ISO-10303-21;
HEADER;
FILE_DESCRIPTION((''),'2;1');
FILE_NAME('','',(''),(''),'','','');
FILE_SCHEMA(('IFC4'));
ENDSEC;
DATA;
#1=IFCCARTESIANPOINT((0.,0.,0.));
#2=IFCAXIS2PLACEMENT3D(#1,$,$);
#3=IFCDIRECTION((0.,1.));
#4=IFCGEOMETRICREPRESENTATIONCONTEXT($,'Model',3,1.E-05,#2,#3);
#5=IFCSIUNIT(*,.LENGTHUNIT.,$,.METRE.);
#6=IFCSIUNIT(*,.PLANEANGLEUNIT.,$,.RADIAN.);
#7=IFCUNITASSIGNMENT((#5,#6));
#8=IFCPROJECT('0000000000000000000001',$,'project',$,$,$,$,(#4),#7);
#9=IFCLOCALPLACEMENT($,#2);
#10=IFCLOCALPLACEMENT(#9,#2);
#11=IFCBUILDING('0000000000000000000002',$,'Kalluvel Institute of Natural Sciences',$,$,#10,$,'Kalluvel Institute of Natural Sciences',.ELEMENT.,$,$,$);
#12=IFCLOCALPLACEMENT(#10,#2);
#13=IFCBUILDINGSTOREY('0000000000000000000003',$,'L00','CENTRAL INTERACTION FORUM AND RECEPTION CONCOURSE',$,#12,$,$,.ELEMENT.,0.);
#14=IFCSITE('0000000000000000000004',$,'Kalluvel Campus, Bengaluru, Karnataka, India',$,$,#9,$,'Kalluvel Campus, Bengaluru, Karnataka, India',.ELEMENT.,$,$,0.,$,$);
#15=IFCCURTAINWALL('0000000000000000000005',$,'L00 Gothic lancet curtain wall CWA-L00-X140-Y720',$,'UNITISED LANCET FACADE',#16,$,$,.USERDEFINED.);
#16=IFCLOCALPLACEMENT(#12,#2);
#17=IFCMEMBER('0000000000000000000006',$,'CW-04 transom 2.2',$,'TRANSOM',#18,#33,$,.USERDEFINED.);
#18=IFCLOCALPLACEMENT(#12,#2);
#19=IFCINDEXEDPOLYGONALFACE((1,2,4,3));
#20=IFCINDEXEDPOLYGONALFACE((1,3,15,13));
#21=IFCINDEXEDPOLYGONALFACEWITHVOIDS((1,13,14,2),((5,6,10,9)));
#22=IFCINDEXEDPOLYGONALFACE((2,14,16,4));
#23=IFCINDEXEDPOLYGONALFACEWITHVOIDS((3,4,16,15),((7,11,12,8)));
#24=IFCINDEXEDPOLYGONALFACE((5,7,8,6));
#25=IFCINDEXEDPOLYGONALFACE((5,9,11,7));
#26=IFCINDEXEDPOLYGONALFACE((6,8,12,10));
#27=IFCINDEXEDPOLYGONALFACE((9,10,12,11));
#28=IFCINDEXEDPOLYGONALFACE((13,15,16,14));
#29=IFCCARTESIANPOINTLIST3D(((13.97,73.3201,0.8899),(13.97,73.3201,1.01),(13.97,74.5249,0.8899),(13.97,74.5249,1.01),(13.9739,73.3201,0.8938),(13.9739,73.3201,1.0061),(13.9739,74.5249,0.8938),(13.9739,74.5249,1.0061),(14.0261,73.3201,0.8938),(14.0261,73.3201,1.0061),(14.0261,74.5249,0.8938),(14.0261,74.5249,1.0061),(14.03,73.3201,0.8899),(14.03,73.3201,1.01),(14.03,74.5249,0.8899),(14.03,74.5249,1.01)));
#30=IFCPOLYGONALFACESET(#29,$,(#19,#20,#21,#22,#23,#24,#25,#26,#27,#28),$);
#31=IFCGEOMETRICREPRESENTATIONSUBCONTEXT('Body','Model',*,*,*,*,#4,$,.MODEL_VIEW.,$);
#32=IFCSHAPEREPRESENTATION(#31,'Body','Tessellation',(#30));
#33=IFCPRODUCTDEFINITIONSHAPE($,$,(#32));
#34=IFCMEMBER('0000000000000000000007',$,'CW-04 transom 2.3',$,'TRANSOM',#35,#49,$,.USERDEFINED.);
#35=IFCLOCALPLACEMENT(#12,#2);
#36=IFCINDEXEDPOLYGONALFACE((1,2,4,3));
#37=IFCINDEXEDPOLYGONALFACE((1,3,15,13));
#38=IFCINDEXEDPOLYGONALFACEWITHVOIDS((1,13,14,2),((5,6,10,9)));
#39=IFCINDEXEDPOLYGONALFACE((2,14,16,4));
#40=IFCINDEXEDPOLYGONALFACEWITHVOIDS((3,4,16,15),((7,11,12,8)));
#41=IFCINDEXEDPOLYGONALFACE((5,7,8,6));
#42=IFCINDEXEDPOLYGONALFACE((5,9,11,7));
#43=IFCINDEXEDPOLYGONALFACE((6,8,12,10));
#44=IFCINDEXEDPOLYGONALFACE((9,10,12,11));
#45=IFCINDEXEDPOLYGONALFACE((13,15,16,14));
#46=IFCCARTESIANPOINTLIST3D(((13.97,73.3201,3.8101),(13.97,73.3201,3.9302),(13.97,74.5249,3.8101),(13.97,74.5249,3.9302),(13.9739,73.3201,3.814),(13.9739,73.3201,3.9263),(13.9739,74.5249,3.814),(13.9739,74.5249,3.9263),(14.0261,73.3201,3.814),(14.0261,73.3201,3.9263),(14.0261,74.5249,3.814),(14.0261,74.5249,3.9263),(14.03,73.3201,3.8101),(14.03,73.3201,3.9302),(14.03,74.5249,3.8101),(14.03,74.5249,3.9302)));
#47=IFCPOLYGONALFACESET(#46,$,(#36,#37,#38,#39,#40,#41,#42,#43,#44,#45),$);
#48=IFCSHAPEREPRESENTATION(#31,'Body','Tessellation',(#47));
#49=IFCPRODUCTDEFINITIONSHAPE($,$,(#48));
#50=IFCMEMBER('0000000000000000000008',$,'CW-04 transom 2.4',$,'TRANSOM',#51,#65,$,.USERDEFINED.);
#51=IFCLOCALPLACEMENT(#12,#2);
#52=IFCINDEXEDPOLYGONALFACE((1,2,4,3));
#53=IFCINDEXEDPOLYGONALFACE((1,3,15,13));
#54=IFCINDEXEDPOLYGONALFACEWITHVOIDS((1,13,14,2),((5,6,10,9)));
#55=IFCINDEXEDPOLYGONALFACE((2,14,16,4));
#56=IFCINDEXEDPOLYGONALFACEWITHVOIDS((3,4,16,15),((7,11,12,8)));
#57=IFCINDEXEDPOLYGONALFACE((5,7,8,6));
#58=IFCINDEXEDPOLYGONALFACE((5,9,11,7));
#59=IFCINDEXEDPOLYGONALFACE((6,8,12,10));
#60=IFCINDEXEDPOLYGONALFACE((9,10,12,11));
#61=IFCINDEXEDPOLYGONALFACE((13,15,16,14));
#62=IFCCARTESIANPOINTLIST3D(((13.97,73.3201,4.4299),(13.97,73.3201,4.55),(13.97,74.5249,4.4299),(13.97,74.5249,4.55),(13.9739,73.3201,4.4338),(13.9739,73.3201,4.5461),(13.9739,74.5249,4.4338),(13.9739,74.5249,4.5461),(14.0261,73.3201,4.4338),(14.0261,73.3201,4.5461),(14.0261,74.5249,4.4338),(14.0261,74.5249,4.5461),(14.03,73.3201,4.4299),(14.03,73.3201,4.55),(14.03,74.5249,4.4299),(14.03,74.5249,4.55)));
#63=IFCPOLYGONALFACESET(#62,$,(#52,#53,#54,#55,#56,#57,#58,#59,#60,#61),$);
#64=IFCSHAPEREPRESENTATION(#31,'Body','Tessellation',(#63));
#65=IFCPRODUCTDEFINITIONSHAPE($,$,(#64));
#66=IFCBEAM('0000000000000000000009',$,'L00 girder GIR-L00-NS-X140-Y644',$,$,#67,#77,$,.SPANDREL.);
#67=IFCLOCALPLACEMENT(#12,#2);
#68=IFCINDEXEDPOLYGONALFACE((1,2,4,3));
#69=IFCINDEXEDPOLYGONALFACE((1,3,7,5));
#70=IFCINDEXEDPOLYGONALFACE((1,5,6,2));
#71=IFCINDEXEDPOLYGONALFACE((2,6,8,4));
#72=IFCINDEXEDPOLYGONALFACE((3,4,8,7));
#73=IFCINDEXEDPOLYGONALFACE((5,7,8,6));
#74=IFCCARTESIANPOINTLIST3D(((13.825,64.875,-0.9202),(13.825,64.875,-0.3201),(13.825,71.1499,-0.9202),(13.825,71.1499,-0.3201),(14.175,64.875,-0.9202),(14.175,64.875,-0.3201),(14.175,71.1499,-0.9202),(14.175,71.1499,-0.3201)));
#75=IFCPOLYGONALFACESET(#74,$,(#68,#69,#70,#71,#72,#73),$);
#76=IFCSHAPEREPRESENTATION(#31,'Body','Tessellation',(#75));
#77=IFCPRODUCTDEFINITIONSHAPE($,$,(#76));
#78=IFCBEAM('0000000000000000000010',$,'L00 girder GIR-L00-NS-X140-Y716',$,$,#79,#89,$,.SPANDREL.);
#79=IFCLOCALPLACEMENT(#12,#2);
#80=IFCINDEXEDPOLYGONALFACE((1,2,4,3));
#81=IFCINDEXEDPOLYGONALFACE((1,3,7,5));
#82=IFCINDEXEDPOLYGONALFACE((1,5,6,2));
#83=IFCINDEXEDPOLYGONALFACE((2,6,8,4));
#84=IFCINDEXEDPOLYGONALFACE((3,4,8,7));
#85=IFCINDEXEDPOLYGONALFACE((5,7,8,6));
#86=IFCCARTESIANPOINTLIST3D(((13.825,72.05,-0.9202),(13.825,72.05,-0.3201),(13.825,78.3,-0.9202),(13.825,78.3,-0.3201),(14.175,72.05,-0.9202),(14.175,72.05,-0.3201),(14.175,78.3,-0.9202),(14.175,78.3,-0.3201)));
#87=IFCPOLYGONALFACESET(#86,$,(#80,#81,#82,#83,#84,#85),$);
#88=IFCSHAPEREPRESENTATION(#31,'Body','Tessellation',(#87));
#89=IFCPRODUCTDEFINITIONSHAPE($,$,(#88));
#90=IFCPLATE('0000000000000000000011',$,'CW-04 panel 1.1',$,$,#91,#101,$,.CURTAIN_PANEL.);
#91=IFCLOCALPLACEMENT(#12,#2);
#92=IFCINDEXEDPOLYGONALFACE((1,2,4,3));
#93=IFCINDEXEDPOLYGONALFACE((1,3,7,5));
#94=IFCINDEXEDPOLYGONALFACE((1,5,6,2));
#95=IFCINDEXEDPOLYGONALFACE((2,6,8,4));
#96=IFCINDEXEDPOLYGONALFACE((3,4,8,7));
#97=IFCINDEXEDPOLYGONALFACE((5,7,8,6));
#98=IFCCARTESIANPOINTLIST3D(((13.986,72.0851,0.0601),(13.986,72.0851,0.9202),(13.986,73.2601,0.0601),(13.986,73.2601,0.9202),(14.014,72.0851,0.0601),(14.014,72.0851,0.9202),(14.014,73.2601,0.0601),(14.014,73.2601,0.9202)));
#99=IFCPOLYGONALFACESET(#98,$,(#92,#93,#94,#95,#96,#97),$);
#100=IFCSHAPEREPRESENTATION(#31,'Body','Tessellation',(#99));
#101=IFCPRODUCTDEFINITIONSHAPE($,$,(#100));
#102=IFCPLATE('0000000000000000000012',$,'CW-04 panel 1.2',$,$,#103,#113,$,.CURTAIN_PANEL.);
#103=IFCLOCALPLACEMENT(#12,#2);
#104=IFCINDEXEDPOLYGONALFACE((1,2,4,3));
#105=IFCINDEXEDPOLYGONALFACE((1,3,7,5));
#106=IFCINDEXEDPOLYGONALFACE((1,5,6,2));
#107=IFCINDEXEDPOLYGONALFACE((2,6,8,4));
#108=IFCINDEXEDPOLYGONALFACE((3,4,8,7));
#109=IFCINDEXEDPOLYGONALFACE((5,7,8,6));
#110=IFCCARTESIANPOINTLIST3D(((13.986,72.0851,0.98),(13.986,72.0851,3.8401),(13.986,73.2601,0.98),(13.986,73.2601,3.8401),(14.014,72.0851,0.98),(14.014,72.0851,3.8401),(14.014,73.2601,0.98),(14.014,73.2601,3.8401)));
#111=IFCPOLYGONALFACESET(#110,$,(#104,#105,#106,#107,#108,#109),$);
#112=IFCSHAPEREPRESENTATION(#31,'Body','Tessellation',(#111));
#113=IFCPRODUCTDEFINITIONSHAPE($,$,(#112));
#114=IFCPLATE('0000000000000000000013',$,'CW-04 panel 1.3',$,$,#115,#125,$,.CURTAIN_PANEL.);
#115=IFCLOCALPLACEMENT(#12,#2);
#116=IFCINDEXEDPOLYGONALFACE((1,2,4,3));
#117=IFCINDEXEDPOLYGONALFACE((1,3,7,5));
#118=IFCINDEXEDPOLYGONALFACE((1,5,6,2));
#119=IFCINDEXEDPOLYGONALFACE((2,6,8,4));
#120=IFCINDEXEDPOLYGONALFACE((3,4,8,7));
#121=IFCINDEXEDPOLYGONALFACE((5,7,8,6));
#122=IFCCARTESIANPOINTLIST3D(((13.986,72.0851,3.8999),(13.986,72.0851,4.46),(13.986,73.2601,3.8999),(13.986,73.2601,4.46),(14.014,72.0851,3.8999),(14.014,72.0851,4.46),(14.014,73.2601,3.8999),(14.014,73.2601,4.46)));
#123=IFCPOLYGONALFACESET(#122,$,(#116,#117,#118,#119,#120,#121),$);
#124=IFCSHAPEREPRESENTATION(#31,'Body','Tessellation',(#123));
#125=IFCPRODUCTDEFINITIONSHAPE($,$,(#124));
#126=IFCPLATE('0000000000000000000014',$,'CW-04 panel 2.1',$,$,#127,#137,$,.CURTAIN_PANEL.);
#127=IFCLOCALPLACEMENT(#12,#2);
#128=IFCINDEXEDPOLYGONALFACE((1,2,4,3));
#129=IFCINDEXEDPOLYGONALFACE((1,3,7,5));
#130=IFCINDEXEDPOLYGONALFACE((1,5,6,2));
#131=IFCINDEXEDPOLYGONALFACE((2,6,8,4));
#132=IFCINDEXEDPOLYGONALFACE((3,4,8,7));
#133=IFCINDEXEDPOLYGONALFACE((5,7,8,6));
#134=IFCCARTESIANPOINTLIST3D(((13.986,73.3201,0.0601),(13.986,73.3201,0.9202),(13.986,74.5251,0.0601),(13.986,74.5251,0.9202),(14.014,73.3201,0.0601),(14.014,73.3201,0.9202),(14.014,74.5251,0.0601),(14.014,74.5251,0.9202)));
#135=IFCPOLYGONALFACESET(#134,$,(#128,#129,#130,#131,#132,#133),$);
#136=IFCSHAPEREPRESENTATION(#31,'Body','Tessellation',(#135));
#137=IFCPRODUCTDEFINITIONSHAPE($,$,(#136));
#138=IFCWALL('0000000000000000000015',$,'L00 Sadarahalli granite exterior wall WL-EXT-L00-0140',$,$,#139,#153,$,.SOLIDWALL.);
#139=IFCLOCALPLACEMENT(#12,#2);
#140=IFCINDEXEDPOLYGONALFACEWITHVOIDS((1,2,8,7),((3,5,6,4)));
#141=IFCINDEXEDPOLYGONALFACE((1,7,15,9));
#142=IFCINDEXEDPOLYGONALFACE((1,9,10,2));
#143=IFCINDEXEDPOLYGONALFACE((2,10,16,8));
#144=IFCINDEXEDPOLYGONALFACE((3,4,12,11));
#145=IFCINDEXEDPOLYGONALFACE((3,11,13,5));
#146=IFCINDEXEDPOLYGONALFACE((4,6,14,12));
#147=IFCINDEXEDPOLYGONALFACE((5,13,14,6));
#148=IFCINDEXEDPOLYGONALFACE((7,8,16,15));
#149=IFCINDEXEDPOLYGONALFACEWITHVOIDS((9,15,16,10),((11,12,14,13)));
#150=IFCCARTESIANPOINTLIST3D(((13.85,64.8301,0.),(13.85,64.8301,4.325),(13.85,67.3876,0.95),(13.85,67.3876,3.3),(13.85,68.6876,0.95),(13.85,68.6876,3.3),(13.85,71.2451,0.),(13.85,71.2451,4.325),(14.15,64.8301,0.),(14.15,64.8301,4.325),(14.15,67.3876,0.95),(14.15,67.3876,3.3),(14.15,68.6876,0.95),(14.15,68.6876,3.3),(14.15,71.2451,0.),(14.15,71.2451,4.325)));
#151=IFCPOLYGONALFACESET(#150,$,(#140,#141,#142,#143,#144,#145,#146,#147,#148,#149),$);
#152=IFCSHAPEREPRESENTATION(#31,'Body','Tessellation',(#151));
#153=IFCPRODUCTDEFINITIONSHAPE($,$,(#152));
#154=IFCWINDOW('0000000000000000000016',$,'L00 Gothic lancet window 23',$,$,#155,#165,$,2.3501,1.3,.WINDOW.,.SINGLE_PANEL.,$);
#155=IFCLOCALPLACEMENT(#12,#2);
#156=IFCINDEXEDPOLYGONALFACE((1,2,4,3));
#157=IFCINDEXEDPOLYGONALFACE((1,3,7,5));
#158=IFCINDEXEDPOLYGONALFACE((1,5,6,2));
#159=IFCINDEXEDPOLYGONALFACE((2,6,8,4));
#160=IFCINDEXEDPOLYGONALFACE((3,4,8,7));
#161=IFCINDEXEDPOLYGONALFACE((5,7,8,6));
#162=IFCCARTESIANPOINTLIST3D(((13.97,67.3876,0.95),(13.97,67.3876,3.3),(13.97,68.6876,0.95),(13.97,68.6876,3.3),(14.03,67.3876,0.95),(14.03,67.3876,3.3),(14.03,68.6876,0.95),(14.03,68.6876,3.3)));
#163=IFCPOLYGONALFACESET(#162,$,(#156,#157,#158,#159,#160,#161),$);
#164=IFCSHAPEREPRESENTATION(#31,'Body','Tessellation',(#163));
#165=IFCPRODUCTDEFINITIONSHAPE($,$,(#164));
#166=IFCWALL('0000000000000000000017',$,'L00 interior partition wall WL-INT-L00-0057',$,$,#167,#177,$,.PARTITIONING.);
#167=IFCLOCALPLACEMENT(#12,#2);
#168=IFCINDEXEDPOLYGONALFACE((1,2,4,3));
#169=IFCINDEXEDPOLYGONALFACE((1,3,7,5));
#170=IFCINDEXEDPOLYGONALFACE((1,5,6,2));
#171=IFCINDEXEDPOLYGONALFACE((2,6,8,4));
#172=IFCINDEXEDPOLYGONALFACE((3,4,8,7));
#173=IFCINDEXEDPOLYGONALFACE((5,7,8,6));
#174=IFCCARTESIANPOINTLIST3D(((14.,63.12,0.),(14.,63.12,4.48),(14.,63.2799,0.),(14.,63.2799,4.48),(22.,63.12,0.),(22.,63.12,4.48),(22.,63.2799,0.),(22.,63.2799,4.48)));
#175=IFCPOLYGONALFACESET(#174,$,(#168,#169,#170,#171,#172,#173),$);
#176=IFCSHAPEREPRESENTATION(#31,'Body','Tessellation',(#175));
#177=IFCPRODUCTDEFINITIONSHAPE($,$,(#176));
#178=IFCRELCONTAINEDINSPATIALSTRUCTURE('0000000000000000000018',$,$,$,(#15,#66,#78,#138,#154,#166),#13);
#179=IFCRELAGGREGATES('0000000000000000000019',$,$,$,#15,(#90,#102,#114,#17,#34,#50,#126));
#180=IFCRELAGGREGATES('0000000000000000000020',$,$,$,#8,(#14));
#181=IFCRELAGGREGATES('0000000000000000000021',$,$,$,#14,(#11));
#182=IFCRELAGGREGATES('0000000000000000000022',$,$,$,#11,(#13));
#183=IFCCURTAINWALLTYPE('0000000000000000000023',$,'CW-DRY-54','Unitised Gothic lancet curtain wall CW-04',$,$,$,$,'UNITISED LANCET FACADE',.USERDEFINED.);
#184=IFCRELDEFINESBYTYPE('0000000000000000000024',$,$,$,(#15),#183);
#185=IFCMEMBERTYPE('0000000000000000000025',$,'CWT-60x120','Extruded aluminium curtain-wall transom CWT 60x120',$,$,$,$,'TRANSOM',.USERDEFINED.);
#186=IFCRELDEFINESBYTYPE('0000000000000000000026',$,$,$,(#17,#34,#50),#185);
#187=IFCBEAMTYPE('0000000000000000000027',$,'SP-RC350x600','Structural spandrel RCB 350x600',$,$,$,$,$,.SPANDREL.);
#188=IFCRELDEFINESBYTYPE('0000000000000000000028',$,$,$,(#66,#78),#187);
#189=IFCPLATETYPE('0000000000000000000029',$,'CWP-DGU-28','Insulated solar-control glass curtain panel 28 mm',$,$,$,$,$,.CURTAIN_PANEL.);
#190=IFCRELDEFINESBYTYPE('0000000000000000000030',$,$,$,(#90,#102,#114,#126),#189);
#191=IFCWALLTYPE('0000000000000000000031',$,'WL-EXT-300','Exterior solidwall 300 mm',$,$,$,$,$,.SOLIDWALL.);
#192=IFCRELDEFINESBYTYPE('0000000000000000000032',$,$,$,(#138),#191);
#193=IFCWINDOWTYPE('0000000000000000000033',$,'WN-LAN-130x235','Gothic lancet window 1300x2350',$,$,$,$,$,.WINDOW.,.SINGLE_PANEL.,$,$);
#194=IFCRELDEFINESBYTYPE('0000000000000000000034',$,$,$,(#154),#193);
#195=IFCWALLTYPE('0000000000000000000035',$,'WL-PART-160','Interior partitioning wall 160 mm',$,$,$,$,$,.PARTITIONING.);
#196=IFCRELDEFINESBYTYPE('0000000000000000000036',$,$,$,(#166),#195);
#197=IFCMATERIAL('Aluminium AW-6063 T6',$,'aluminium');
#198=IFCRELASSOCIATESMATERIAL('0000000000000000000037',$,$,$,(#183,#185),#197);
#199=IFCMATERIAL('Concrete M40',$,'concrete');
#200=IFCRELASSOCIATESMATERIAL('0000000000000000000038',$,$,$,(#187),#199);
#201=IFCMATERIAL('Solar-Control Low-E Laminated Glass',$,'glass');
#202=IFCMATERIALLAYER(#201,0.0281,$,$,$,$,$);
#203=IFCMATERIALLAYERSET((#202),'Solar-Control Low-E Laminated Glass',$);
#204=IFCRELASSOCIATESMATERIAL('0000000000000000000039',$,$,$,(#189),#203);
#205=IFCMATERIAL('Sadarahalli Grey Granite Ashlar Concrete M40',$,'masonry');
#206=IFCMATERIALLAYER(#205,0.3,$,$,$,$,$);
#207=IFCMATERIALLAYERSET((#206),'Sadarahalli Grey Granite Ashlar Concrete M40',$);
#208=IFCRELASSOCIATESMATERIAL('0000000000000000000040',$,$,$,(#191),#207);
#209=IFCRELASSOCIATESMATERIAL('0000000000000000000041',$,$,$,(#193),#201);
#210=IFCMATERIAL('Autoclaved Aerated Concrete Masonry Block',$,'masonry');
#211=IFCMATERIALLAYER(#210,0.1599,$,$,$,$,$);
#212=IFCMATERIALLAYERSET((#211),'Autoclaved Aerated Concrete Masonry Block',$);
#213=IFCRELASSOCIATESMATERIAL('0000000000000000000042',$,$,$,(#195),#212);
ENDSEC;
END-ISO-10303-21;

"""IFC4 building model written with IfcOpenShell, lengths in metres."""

from ifc_helpers import new_model, si_unit, direction, frame, frame_2d, origin, origin_2d, place, context, subcontext, project, spatial, rectangle, hollow_rectangle, extrude, material, layer, layer_set, material_profile, profile_set, type_object, element, fill, aggregate, save


model = new_model("IFC4")

# Units and contexts
model_context = context("Model", 3, precision=1e-05, world=origin(), true_north=direction((0.0, 1.0)))
body_context = subcontext(model_context, "Body", "Model", "MODEL_VIEW")
ifc_project = project(units=[si_unit("LENGTHUNIT", "METRE"), si_unit("PLANEANGLEUNIT", "RADIAN")], contexts=[model_context])

# Site, building, storey
site_placement = place(None, origin())
site = spatial("IfcSite", under=ifc_project, at=site_placement, Name="Kalluvel Campus, Bengaluru, Karnataka, India", LongName="Kalluvel Campus, Bengaluru, Karnataka, India", CompositionType="ELEMENT", RefElevation=0.0)
building_placement = place(site_placement, origin())
building = spatial("IfcBuilding", under=site, at=building_placement, Name="Kalluvel Institute of Natural Sciences", LongName="Kalluvel Institute of Natural Sciences", CompositionType="ELEMENT")
storey_placement = place(building_placement, origin())
storey = spatial("IfcBuildingStorey", under=building, at=storey_placement, Name="L00", Description="CENTRAL INTERACTION FORUM AND RECEPTION CONCOURSE", CompositionType="ELEMENT", Elevation=0.0)

# Curtain wall, members
ifc_material_1 = material(Name="Aluminium AW-6063 T6", Category="aluminium")
curtain_wall_type = type_object("IfcCurtainWallType", Name="CW-DRY-54", Description="Unitised Gothic lancet curtain wall CW-04", ElementType="UNITISED LANCET FACADE", PredefinedType="USERDEFINED", material=ifc_material_1)
curtain_wall_placement = place(storey_placement, origin())
curtain_wall = element("IfcCurtainWall", 1, at=curtain_wall_placement, inside=storey, type_object=curtain_wall_type, Name="L00 Gothic lancet curtain wall CWA-L00-X140-Y720", ObjectType="UNITISED LANCET FACADE", PredefinedType="USERDEFINED")
ifc_material_profile_1 = material_profile(ifc_material_1, hollow_rectangle(XDim=0.0601, YDim=0.1201, WallThickness=0.0039, at=origin_2d()), Name="CWT 60x120")
ifc_profile_set_1 = profile_set([ifc_material_profile_1], Name="Aluminium AW-6063 T6")
member_type_1 = type_object("IfcMemberType", Name="CWT-60x120", Description="Extruded aluminium curtain-wall transom CWT 60x120", ElementType="TRANSOM", PredefinedType="USERDEFINED", material=ifc_profile_set_1)
member_1_placement = place(storey_placement, frame((14.0, 73.3201, 0.95), z_axis=(0.0, 1.0, 0.0), x_axis=(-1.0, 0.0, 0.0)))
member_1 = element("IfcMember", 2, at=member_1_placement, type_object=member_type_1, Name="CW-04 transom 2.2", ObjectType="TRANSOM", PredefinedType="USERDEFINED", context=body_context, shape_type="SweptSolid", body=[
    extrude(hollow_rectangle(XDim=0.0601, YDim=0.1201, WallThickness=0.0039, at=origin_2d()), origin(), (0.0, 0.0, 1.0), 1.2048),
])
member_2_placement = place(storey_placement, frame((14.0, 73.3201, 3.8701), z_axis=(0.0, 1.0, 0.0), x_axis=(-1.0, 0.0, 0.0)))
member_2 = element("IfcMember", 3, at=member_2_placement, type_object=member_type_1, Name="CW-04 transom 2.3", ObjectType="TRANSOM", PredefinedType="USERDEFINED", context=body_context, shape_type="SweptSolid", body=[
    extrude(hollow_rectangle(XDim=0.0601, YDim=0.1201, WallThickness=0.0039, at=origin_2d()), origin(), (0.0, 0.0, 1.0), 1.2048),
])
member_3_placement = place(storey_placement, frame((14.0, 73.3201, 4.49), z_axis=(0.0, 1.0, 0.0), x_axis=(-1.0, 0.0, 0.0)))
member_3 = element("IfcMember", 4, at=member_3_placement, type_object=member_type_1, Name="CW-04 transom 2.4", ObjectType="TRANSOM", PredefinedType="USERDEFINED", context=body_context, shape_type="SweptSolid", body=[
    extrude(hollow_rectangle(XDim=0.0601, YDim=0.1201, WallThickness=0.0039, at=origin_2d()), origin(), (0.0, 0.0, 1.0), 1.2048),
])

# Beams
ifc_material_2 = material(Name="Concrete M40", Category="concrete")
ifc_material_profile_2 = material_profile(ifc_material_2, rectangle(XDim=0.3501, YDim=0.6001, at=origin_2d()), Name="RCB 350x600")
ifc_profile_set_2 = profile_set([ifc_material_profile_2], Name="Concrete M40")
beam_type = type_object("IfcBeamType", Name="SP-RC350x600", Description="Structural spandrel RCB 350x600", PredefinedType="SPANDREL", material=ifc_profile_set_2)
beam_1_placement = place(storey_placement, frame((14.0, 64.875, -0.6201), z_axis=(0.0, 1.0, 0.0), x_axis=(-1.0, 0.0, 0.0)))
element("IfcBeam", 5, at=beam_1_placement, inside=storey, type_object=beam_type, Name="L00 girder GIR-L00-NS-X140-Y644", PredefinedType="SPANDREL", context=body_context, shape_type="SweptSolid", body=[
    extrude(rectangle(XDim=0.3501, YDim=0.6001, at=origin_2d()), origin(), (0.0, 0.0, 1.0), 6.2749),
])
beam_2_placement = place(storey_placement, frame((14.0, 72.05, -0.6201), z_axis=(0.0, 1.0, 0.0), x_axis=(-1.0, 0.0, 0.0)))
element("IfcBeam", 6, at=beam_2_placement, inside=storey, type_object=beam_type, Name="L00 girder GIR-L00-NS-X140-Y716", PredefinedType="SPANDREL", context=body_context, shape_type="SweptSolid", body=[
    extrude(rectangle(XDim=0.3501, YDim=0.6001, at=origin_2d()), origin(), (0.0, 0.0, 1.0), 6.25),
])

# Plates
ifc_material_3 = material(Name="Solar-Control Low-E Laminated Glass", Category="glass")
ifc_layer_1 = layer(ifc_material_3, 0.0281)
ifc_layer_set_1 = layer_set([ifc_layer_1], Name="Solar-Control Low-E Laminated Glass")
plate_type = type_object("IfcPlateType", Name="CWP-DGU-28", Description="Insulated solar-control glass curtain panel 28 mm", PredefinedType="CURTAIN_PANEL", material=ifc_layer_set_1)
plate_1_placement = place(storey_placement, frame((14.0, 72.6726, 0.0601), z_axis=(0.0, 0.0, 1.0), x_axis=(0.0, 1.0, 0.0)))
plate_1 = element("IfcPlate", 7, at=plate_1_placement, type_object=plate_type, Name="CW-04 panel 1.1", PredefinedType="CURTAIN_PANEL", context=body_context, shape_type="SweptSolid", body=[
    extrude(rectangle(XDim=1.175, YDim=0.0281, at=origin_2d()), origin(), (0.0, 0.0, 1.0), 0.8601),
])
plate_2_placement = place(storey_placement, frame((14.0, 72.6726, 0.98), z_axis=(0.0, 0.0, 1.0), x_axis=(0.0, 1.0, 0.0)))
plate_2 = element("IfcPlate", 8, at=plate_2_placement, type_object=plate_type, Name="CW-04 panel 1.2", PredefinedType="CURTAIN_PANEL", context=body_context, shape_type="SweptSolid", body=[
    extrude(rectangle(XDim=1.175, YDim=0.0281, at=origin_2d()), origin(), (0.0, 0.0, 1.0), 2.8601),
])
plate_3_placement = place(storey_placement, frame((14.0, 72.6726, 3.8999), z_axis=(0.0, 0.0, 1.0), x_axis=(0.0, 1.0, 0.0)))
plate_3 = element("IfcPlate", 9, at=plate_3_placement, type_object=plate_type, Name="CW-04 panel 1.3", PredefinedType="CURTAIN_PANEL", context=body_context, shape_type="SweptSolid", body=[
    extrude(rectangle(XDim=1.175, YDim=0.0281, at=origin_2d()), origin(), (0.0, 0.0, 1.0), 0.5601),
])
plate_4_placement = place(storey_placement, frame((14.0, 73.9226, 0.0601), z_axis=(0.0, 0.0, 1.0), x_axis=(0.0, 1.0, 0.0)))
plate_4 = element("IfcPlate", 10, at=plate_4_placement, type_object=plate_type, Name="CW-04 panel 2.1", PredefinedType="CURTAIN_PANEL", context=body_context, shape_type="SweptSolid", body=[
    extrude(rectangle(XDim=1.2051, YDim=0.0281, at=origin_2d()), origin(), (0.0, 0.0, 1.0), 0.8601),
])
aggregate(curtain_wall, [plate_1, plate_2, plate_3, member_1, member_2, member_3, plate_4])

# Wall, opening, window
ifc_material_4 = material(Name="Sadarahalli Grey Granite Ashlar Concrete M40", Category="masonry")
ifc_layer_2 = layer(ifc_material_4, 0.3)
ifc_layer_set_2 = layer_set([ifc_layer_2], Name="Sadarahalli Grey Granite Ashlar Concrete M40")
wall_type_1 = type_object("IfcWallType", Name="WL-EXT-300", Description="Exterior solidwall 300 mm", PredefinedType="SOLIDWALL", material=ifc_layer_set_2)
wall_1_placement = place(storey_placement, frame((14.0, 64.8301, 0.0), z_axis=(0.0, 0.0, 1.0), x_axis=(0.0, 1.0, 0.0)))
wall_1 = element("IfcWall", 11, at=wall_1_placement, inside=storey, type_object=wall_type_1, Name="L00 Sadarahalli granite exterior wall WL-EXT-L00-0140", PredefinedType="SOLIDWALL", context=body_context, shape_type="SweptSolid", body=[
    extrude(rectangle(XDim=6.415, YDim=0.3, at=frame_2d((3.2075, 0.0))), origin(), (0.0, 0.0, 1.0), 4.325),
])
opening_placement = place(wall_1_placement, frame((2.5576, 0.0, 0.95)))
opening = element("IfcOpeningElement", 12, at=opening_placement, cuts=wall_1, PredefinedType="OPENING", context=body_context, shape_type="SweptSolid", body=[
    extrude(rectangle(XDim=1.3, YDim=2.3501, at=frame_2d((0.6499, 1.175))), frame((0.0, 0.1599, 0.0), z_axis=(0.0, -1.0, 0.0), x_axis=(1.0, 0.0, 0.0)), (0.0, 0.0, 1.0), 0.3201),
])
window_type = type_object("IfcWindowType", Name="WN-LAN-130x235", Description="Gothic lancet window 1300x2350", PartitioningType="SINGLE_PANEL", PredefinedType="WINDOW", material=ifc_material_3)
window_placement = place(opening_placement, origin())
window = element("IfcWindow", 13, at=window_placement, inside=storey, type_object=window_type, Name="L00 Gothic lancet window 23", OverallHeight=2.3501, OverallWidth=1.3, PartitioningType="SINGLE_PANEL", PredefinedType="WINDOW", context=body_context, shape_type="SweptSolid", body=[
    extrude(rectangle(XDim=1.3, YDim=2.3501, at=frame_2d((0.6499, 1.175))), frame((0.0, 0.03, 0.0), z_axis=(0.0, -1.0, 0.0), x_axis=(1.0, 0.0, 0.0)), (0.0, 0.0, 1.0), 0.0601),
])
fill(opening, window)

# Wall
ifc_material_5 = material(Name="Autoclaved Aerated Concrete Masonry Block", Category="masonry")
ifc_layer_3 = layer(ifc_material_5, 0.1599)
ifc_layer_set_3 = layer_set([ifc_layer_3], Name="Autoclaved Aerated Concrete Masonry Block")
wall_type_2 = type_object("IfcWallType", Name="WL-PART-160", Description="Interior partitioning wall 160 mm", PredefinedType="PARTITIONING", material=ifc_layer_set_3)
wall_2_placement = place(storey_placement, frame((14.0, 63.2, 0.0), z_axis=(0.0, 0.0, 1.0), x_axis=(1.0, 0.0, 0.0)))
element("IfcWall", 14, at=wall_2_placement, inside=storey, type_object=wall_type_2, Name="L00 interior partition wall WL-INT-L00-0057", PredefinedType="PARTITIONING", context=body_context, shape_type="SweptSolid", body=[
    extrude(rectangle(XDim=8.0, YDim=0.1599, at=frame_2d((4.0, 0.0))), origin(), (0.0, 0.0, 1.0), 4.48),
])

save(model, "model.ifc")
